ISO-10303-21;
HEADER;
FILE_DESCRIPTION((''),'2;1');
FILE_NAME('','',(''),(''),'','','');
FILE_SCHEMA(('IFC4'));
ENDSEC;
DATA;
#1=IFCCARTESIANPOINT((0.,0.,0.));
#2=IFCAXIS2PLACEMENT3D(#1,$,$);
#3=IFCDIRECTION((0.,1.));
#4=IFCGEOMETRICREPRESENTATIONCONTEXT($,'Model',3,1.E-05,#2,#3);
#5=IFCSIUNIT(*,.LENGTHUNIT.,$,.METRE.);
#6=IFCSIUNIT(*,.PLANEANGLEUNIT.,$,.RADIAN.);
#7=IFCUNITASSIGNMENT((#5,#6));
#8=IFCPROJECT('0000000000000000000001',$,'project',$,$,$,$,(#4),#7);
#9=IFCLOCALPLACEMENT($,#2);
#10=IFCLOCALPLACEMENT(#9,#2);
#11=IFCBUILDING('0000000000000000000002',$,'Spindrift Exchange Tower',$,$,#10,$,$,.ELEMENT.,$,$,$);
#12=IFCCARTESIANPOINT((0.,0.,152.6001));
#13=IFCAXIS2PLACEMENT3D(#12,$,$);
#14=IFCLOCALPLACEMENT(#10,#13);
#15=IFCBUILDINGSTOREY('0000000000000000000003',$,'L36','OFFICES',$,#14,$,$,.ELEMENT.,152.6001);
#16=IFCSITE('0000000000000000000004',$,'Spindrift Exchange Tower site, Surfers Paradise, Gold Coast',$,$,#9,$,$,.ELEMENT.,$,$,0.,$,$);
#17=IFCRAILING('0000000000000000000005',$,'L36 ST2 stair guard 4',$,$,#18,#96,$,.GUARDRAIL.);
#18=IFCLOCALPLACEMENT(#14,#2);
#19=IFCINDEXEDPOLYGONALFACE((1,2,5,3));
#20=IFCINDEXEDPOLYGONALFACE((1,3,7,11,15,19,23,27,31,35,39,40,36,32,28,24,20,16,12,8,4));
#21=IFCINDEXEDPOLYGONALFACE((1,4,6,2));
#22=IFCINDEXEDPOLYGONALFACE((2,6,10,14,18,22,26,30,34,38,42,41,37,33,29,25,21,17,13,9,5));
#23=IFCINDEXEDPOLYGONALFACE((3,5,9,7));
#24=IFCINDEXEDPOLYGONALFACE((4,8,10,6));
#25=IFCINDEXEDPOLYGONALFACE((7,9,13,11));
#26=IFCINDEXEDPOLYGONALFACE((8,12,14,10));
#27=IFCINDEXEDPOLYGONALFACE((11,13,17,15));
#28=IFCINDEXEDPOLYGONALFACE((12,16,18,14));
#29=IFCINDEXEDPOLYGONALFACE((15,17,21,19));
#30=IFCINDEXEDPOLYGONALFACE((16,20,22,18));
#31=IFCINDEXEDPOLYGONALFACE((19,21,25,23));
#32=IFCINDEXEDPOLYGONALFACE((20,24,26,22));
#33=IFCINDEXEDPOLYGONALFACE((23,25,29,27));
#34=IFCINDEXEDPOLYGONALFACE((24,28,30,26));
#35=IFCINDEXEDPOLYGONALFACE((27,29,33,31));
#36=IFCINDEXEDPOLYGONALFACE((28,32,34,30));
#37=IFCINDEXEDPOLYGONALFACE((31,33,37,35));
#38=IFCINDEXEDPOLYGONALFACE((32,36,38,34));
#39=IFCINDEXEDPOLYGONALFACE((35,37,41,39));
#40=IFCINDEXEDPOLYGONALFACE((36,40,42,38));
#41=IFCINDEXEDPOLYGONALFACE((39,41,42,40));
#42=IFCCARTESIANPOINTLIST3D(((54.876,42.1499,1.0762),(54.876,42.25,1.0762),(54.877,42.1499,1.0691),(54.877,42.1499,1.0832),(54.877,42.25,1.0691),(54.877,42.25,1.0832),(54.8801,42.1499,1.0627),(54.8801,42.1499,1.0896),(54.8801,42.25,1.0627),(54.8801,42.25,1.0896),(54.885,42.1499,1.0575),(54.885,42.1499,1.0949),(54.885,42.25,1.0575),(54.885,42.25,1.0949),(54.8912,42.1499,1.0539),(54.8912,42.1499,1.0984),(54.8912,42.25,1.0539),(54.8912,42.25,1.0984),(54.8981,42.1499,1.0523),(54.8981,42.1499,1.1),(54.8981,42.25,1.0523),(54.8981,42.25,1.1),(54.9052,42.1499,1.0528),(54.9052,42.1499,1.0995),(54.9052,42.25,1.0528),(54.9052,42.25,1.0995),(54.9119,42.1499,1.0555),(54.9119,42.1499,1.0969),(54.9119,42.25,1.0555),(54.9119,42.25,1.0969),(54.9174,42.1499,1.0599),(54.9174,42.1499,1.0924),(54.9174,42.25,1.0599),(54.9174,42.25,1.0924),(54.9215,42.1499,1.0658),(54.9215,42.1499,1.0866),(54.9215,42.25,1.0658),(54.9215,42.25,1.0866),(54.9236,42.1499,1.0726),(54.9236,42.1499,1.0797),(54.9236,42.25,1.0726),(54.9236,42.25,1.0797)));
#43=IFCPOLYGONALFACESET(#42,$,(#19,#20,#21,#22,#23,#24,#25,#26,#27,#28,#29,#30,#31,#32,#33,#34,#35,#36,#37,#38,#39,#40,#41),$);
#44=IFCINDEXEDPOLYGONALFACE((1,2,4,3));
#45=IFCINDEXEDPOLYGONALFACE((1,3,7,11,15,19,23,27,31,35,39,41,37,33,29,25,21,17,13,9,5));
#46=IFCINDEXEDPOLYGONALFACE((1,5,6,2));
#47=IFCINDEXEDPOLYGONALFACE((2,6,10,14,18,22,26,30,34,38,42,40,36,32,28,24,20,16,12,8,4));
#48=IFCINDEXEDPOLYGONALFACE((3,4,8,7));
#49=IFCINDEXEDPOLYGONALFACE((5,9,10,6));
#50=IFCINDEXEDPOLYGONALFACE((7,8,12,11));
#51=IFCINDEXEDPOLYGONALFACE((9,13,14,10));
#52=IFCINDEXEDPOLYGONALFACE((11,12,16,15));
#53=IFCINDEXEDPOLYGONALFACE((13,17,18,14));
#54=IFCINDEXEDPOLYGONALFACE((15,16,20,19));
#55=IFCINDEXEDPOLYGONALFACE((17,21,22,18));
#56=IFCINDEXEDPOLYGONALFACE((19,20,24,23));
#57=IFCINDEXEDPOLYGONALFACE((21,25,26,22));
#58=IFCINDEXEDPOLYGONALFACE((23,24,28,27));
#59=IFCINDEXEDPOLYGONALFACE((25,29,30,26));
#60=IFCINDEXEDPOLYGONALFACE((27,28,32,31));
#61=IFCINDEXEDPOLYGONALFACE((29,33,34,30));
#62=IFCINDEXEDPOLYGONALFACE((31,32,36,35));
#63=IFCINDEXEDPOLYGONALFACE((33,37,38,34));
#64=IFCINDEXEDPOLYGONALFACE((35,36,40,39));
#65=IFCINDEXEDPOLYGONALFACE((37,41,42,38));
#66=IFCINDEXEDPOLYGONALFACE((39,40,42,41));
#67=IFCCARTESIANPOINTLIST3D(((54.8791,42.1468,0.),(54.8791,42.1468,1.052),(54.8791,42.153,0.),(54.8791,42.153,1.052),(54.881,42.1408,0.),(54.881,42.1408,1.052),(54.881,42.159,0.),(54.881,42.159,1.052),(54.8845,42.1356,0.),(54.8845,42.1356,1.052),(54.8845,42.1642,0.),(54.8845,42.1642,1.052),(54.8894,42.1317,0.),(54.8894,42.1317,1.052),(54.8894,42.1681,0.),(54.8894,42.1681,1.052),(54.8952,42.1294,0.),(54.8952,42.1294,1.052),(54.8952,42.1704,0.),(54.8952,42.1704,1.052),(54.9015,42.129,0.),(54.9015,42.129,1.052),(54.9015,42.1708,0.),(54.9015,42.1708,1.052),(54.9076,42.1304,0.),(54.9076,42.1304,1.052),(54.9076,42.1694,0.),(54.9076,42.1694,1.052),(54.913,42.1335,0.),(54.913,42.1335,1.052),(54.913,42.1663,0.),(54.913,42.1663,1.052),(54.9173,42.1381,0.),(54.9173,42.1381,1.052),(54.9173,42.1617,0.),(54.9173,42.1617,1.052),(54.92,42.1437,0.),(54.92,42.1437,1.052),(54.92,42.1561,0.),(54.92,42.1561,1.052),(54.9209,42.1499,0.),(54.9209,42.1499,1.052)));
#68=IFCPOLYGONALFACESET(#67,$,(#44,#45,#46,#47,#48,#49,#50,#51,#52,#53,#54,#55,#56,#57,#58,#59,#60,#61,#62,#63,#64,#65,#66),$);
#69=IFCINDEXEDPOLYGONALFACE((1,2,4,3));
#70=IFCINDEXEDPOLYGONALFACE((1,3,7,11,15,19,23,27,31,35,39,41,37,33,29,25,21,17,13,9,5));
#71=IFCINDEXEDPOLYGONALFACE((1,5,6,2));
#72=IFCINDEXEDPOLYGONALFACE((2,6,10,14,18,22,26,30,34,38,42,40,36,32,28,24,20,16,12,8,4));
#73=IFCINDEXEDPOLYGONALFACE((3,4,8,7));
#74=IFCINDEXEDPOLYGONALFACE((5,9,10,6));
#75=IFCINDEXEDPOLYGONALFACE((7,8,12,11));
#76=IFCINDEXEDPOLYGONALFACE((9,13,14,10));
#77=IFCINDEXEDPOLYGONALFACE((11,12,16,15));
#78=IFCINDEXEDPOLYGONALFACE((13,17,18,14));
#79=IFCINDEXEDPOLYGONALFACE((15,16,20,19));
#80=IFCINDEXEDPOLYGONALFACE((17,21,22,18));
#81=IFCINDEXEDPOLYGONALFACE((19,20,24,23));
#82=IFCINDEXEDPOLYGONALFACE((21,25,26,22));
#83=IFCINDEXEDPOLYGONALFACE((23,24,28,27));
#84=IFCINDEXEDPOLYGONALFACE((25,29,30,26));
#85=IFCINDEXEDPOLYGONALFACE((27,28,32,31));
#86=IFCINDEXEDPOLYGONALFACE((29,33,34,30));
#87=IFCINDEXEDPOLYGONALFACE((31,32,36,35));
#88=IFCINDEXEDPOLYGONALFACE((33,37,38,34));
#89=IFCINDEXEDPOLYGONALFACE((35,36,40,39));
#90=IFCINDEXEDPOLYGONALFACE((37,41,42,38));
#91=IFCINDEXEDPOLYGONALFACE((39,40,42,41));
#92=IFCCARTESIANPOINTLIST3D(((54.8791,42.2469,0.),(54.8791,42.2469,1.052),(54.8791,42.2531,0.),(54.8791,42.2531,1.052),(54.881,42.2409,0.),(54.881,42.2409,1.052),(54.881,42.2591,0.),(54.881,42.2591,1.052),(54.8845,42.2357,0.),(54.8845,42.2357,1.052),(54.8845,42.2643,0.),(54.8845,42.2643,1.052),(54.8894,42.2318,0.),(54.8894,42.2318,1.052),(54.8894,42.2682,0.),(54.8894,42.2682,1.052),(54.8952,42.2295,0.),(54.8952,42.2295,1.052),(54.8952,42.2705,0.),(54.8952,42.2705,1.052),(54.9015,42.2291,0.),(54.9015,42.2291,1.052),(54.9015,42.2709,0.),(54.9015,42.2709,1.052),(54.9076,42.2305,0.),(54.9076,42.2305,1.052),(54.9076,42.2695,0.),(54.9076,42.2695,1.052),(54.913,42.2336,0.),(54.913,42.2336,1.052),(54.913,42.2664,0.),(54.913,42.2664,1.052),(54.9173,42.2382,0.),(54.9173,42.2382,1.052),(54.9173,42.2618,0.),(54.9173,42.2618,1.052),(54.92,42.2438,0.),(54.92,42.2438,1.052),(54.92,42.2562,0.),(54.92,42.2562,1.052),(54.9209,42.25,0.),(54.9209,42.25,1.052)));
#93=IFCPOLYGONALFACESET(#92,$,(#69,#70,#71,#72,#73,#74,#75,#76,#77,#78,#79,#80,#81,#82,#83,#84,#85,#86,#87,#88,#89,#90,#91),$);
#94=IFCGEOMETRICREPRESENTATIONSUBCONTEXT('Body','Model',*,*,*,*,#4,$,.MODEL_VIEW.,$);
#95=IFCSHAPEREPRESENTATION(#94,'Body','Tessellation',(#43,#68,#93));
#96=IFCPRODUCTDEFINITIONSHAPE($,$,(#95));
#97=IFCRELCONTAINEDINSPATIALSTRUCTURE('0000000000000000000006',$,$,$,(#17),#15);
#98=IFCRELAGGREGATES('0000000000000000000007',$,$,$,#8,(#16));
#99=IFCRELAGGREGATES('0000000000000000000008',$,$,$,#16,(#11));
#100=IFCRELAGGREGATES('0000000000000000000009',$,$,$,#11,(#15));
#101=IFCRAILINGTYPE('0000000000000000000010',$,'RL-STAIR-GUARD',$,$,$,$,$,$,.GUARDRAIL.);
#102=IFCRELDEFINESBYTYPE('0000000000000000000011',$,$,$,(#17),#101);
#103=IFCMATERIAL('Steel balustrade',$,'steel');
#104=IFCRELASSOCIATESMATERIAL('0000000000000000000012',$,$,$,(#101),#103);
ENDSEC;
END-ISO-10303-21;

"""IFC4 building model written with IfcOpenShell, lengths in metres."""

from ifc_helpers import new_model, si_unit, direction, frame, origin, origin_2d, place, context, subcontext, project, spatial, circle, extrude, material, type_object, element, save


model = new_model("IFC4")

# Units and contexts
model_context = context("Model", 3, precision=1e-05, world=origin(), true_north=direction((0.0, 1.0)))
body_context = subcontext(model_context, "Body", "Model", "MODEL_VIEW")
ifc_project = project(units=[si_unit("LENGTHUNIT", "METRE"), si_unit("PLANEANGLEUNIT", "RADIAN")], contexts=[model_context])

# Site, building, storey
site_placement = place(None, origin())
site = spatial("IfcSite", under=ifc_project, at=site_placement, Name="Spindrift Exchange Tower site, Surfers Paradise, Gold Coast", CompositionType="ELEMENT", RefElevation=0.0)
building_placement = place(site_placement, origin())
building = spatial("IfcBuilding", under=site, at=building_placement, Name="Spindrift Exchange Tower", CompositionType="ELEMENT")
storey_placement = place(building_placement, frame((0.0, 0.0, 152.6001)))
storey = spatial("IfcBuildingStorey", under=building, at=storey_placement, Name="L36", Description="OFFICES", CompositionType="ELEMENT", Elevation=152.6001)

# Railing
ifc_material_1 = material(Name="Steel balustrade", Category="steel")
railing_type_1 = type_object("IfcRailingType", Name="RL-STAIR-GUARD", PredefinedType="GUARDRAIL", material=ifc_material_1)
railing_1_placement = place(storey_placement, frame((54.8999, 42.1499, 0.0)))
element("IfcRailing", 1, at=railing_1_placement, inside=storey, type_object=railing_type_1, Name="L36 ST2 stair guard 4", PredefinedType="GUARDRAIL", context=body_context, shape_type="SweptSolid", body=[
    extrude(circle(Radius=0.0239, at=origin_2d()), frame((0.0, 0.0, 1.0762), z_axis=(0.0, 1.0, 0.0), x_axis=(-1.0, 0.0, 0.0)), (0.0, 0.0, 1.0), 0.1001),
    extrude(circle(Radius=0.021, at=origin_2d()), origin(), (0.0, 0.0, 1.0), 1.052),
    extrude(circle(Radius=0.021, at=origin_2d()), frame((0.0, 0.1001, 0.0)), (0.0, 0.0, 1.0), 1.052),
])

save(model, "model.ifc")
